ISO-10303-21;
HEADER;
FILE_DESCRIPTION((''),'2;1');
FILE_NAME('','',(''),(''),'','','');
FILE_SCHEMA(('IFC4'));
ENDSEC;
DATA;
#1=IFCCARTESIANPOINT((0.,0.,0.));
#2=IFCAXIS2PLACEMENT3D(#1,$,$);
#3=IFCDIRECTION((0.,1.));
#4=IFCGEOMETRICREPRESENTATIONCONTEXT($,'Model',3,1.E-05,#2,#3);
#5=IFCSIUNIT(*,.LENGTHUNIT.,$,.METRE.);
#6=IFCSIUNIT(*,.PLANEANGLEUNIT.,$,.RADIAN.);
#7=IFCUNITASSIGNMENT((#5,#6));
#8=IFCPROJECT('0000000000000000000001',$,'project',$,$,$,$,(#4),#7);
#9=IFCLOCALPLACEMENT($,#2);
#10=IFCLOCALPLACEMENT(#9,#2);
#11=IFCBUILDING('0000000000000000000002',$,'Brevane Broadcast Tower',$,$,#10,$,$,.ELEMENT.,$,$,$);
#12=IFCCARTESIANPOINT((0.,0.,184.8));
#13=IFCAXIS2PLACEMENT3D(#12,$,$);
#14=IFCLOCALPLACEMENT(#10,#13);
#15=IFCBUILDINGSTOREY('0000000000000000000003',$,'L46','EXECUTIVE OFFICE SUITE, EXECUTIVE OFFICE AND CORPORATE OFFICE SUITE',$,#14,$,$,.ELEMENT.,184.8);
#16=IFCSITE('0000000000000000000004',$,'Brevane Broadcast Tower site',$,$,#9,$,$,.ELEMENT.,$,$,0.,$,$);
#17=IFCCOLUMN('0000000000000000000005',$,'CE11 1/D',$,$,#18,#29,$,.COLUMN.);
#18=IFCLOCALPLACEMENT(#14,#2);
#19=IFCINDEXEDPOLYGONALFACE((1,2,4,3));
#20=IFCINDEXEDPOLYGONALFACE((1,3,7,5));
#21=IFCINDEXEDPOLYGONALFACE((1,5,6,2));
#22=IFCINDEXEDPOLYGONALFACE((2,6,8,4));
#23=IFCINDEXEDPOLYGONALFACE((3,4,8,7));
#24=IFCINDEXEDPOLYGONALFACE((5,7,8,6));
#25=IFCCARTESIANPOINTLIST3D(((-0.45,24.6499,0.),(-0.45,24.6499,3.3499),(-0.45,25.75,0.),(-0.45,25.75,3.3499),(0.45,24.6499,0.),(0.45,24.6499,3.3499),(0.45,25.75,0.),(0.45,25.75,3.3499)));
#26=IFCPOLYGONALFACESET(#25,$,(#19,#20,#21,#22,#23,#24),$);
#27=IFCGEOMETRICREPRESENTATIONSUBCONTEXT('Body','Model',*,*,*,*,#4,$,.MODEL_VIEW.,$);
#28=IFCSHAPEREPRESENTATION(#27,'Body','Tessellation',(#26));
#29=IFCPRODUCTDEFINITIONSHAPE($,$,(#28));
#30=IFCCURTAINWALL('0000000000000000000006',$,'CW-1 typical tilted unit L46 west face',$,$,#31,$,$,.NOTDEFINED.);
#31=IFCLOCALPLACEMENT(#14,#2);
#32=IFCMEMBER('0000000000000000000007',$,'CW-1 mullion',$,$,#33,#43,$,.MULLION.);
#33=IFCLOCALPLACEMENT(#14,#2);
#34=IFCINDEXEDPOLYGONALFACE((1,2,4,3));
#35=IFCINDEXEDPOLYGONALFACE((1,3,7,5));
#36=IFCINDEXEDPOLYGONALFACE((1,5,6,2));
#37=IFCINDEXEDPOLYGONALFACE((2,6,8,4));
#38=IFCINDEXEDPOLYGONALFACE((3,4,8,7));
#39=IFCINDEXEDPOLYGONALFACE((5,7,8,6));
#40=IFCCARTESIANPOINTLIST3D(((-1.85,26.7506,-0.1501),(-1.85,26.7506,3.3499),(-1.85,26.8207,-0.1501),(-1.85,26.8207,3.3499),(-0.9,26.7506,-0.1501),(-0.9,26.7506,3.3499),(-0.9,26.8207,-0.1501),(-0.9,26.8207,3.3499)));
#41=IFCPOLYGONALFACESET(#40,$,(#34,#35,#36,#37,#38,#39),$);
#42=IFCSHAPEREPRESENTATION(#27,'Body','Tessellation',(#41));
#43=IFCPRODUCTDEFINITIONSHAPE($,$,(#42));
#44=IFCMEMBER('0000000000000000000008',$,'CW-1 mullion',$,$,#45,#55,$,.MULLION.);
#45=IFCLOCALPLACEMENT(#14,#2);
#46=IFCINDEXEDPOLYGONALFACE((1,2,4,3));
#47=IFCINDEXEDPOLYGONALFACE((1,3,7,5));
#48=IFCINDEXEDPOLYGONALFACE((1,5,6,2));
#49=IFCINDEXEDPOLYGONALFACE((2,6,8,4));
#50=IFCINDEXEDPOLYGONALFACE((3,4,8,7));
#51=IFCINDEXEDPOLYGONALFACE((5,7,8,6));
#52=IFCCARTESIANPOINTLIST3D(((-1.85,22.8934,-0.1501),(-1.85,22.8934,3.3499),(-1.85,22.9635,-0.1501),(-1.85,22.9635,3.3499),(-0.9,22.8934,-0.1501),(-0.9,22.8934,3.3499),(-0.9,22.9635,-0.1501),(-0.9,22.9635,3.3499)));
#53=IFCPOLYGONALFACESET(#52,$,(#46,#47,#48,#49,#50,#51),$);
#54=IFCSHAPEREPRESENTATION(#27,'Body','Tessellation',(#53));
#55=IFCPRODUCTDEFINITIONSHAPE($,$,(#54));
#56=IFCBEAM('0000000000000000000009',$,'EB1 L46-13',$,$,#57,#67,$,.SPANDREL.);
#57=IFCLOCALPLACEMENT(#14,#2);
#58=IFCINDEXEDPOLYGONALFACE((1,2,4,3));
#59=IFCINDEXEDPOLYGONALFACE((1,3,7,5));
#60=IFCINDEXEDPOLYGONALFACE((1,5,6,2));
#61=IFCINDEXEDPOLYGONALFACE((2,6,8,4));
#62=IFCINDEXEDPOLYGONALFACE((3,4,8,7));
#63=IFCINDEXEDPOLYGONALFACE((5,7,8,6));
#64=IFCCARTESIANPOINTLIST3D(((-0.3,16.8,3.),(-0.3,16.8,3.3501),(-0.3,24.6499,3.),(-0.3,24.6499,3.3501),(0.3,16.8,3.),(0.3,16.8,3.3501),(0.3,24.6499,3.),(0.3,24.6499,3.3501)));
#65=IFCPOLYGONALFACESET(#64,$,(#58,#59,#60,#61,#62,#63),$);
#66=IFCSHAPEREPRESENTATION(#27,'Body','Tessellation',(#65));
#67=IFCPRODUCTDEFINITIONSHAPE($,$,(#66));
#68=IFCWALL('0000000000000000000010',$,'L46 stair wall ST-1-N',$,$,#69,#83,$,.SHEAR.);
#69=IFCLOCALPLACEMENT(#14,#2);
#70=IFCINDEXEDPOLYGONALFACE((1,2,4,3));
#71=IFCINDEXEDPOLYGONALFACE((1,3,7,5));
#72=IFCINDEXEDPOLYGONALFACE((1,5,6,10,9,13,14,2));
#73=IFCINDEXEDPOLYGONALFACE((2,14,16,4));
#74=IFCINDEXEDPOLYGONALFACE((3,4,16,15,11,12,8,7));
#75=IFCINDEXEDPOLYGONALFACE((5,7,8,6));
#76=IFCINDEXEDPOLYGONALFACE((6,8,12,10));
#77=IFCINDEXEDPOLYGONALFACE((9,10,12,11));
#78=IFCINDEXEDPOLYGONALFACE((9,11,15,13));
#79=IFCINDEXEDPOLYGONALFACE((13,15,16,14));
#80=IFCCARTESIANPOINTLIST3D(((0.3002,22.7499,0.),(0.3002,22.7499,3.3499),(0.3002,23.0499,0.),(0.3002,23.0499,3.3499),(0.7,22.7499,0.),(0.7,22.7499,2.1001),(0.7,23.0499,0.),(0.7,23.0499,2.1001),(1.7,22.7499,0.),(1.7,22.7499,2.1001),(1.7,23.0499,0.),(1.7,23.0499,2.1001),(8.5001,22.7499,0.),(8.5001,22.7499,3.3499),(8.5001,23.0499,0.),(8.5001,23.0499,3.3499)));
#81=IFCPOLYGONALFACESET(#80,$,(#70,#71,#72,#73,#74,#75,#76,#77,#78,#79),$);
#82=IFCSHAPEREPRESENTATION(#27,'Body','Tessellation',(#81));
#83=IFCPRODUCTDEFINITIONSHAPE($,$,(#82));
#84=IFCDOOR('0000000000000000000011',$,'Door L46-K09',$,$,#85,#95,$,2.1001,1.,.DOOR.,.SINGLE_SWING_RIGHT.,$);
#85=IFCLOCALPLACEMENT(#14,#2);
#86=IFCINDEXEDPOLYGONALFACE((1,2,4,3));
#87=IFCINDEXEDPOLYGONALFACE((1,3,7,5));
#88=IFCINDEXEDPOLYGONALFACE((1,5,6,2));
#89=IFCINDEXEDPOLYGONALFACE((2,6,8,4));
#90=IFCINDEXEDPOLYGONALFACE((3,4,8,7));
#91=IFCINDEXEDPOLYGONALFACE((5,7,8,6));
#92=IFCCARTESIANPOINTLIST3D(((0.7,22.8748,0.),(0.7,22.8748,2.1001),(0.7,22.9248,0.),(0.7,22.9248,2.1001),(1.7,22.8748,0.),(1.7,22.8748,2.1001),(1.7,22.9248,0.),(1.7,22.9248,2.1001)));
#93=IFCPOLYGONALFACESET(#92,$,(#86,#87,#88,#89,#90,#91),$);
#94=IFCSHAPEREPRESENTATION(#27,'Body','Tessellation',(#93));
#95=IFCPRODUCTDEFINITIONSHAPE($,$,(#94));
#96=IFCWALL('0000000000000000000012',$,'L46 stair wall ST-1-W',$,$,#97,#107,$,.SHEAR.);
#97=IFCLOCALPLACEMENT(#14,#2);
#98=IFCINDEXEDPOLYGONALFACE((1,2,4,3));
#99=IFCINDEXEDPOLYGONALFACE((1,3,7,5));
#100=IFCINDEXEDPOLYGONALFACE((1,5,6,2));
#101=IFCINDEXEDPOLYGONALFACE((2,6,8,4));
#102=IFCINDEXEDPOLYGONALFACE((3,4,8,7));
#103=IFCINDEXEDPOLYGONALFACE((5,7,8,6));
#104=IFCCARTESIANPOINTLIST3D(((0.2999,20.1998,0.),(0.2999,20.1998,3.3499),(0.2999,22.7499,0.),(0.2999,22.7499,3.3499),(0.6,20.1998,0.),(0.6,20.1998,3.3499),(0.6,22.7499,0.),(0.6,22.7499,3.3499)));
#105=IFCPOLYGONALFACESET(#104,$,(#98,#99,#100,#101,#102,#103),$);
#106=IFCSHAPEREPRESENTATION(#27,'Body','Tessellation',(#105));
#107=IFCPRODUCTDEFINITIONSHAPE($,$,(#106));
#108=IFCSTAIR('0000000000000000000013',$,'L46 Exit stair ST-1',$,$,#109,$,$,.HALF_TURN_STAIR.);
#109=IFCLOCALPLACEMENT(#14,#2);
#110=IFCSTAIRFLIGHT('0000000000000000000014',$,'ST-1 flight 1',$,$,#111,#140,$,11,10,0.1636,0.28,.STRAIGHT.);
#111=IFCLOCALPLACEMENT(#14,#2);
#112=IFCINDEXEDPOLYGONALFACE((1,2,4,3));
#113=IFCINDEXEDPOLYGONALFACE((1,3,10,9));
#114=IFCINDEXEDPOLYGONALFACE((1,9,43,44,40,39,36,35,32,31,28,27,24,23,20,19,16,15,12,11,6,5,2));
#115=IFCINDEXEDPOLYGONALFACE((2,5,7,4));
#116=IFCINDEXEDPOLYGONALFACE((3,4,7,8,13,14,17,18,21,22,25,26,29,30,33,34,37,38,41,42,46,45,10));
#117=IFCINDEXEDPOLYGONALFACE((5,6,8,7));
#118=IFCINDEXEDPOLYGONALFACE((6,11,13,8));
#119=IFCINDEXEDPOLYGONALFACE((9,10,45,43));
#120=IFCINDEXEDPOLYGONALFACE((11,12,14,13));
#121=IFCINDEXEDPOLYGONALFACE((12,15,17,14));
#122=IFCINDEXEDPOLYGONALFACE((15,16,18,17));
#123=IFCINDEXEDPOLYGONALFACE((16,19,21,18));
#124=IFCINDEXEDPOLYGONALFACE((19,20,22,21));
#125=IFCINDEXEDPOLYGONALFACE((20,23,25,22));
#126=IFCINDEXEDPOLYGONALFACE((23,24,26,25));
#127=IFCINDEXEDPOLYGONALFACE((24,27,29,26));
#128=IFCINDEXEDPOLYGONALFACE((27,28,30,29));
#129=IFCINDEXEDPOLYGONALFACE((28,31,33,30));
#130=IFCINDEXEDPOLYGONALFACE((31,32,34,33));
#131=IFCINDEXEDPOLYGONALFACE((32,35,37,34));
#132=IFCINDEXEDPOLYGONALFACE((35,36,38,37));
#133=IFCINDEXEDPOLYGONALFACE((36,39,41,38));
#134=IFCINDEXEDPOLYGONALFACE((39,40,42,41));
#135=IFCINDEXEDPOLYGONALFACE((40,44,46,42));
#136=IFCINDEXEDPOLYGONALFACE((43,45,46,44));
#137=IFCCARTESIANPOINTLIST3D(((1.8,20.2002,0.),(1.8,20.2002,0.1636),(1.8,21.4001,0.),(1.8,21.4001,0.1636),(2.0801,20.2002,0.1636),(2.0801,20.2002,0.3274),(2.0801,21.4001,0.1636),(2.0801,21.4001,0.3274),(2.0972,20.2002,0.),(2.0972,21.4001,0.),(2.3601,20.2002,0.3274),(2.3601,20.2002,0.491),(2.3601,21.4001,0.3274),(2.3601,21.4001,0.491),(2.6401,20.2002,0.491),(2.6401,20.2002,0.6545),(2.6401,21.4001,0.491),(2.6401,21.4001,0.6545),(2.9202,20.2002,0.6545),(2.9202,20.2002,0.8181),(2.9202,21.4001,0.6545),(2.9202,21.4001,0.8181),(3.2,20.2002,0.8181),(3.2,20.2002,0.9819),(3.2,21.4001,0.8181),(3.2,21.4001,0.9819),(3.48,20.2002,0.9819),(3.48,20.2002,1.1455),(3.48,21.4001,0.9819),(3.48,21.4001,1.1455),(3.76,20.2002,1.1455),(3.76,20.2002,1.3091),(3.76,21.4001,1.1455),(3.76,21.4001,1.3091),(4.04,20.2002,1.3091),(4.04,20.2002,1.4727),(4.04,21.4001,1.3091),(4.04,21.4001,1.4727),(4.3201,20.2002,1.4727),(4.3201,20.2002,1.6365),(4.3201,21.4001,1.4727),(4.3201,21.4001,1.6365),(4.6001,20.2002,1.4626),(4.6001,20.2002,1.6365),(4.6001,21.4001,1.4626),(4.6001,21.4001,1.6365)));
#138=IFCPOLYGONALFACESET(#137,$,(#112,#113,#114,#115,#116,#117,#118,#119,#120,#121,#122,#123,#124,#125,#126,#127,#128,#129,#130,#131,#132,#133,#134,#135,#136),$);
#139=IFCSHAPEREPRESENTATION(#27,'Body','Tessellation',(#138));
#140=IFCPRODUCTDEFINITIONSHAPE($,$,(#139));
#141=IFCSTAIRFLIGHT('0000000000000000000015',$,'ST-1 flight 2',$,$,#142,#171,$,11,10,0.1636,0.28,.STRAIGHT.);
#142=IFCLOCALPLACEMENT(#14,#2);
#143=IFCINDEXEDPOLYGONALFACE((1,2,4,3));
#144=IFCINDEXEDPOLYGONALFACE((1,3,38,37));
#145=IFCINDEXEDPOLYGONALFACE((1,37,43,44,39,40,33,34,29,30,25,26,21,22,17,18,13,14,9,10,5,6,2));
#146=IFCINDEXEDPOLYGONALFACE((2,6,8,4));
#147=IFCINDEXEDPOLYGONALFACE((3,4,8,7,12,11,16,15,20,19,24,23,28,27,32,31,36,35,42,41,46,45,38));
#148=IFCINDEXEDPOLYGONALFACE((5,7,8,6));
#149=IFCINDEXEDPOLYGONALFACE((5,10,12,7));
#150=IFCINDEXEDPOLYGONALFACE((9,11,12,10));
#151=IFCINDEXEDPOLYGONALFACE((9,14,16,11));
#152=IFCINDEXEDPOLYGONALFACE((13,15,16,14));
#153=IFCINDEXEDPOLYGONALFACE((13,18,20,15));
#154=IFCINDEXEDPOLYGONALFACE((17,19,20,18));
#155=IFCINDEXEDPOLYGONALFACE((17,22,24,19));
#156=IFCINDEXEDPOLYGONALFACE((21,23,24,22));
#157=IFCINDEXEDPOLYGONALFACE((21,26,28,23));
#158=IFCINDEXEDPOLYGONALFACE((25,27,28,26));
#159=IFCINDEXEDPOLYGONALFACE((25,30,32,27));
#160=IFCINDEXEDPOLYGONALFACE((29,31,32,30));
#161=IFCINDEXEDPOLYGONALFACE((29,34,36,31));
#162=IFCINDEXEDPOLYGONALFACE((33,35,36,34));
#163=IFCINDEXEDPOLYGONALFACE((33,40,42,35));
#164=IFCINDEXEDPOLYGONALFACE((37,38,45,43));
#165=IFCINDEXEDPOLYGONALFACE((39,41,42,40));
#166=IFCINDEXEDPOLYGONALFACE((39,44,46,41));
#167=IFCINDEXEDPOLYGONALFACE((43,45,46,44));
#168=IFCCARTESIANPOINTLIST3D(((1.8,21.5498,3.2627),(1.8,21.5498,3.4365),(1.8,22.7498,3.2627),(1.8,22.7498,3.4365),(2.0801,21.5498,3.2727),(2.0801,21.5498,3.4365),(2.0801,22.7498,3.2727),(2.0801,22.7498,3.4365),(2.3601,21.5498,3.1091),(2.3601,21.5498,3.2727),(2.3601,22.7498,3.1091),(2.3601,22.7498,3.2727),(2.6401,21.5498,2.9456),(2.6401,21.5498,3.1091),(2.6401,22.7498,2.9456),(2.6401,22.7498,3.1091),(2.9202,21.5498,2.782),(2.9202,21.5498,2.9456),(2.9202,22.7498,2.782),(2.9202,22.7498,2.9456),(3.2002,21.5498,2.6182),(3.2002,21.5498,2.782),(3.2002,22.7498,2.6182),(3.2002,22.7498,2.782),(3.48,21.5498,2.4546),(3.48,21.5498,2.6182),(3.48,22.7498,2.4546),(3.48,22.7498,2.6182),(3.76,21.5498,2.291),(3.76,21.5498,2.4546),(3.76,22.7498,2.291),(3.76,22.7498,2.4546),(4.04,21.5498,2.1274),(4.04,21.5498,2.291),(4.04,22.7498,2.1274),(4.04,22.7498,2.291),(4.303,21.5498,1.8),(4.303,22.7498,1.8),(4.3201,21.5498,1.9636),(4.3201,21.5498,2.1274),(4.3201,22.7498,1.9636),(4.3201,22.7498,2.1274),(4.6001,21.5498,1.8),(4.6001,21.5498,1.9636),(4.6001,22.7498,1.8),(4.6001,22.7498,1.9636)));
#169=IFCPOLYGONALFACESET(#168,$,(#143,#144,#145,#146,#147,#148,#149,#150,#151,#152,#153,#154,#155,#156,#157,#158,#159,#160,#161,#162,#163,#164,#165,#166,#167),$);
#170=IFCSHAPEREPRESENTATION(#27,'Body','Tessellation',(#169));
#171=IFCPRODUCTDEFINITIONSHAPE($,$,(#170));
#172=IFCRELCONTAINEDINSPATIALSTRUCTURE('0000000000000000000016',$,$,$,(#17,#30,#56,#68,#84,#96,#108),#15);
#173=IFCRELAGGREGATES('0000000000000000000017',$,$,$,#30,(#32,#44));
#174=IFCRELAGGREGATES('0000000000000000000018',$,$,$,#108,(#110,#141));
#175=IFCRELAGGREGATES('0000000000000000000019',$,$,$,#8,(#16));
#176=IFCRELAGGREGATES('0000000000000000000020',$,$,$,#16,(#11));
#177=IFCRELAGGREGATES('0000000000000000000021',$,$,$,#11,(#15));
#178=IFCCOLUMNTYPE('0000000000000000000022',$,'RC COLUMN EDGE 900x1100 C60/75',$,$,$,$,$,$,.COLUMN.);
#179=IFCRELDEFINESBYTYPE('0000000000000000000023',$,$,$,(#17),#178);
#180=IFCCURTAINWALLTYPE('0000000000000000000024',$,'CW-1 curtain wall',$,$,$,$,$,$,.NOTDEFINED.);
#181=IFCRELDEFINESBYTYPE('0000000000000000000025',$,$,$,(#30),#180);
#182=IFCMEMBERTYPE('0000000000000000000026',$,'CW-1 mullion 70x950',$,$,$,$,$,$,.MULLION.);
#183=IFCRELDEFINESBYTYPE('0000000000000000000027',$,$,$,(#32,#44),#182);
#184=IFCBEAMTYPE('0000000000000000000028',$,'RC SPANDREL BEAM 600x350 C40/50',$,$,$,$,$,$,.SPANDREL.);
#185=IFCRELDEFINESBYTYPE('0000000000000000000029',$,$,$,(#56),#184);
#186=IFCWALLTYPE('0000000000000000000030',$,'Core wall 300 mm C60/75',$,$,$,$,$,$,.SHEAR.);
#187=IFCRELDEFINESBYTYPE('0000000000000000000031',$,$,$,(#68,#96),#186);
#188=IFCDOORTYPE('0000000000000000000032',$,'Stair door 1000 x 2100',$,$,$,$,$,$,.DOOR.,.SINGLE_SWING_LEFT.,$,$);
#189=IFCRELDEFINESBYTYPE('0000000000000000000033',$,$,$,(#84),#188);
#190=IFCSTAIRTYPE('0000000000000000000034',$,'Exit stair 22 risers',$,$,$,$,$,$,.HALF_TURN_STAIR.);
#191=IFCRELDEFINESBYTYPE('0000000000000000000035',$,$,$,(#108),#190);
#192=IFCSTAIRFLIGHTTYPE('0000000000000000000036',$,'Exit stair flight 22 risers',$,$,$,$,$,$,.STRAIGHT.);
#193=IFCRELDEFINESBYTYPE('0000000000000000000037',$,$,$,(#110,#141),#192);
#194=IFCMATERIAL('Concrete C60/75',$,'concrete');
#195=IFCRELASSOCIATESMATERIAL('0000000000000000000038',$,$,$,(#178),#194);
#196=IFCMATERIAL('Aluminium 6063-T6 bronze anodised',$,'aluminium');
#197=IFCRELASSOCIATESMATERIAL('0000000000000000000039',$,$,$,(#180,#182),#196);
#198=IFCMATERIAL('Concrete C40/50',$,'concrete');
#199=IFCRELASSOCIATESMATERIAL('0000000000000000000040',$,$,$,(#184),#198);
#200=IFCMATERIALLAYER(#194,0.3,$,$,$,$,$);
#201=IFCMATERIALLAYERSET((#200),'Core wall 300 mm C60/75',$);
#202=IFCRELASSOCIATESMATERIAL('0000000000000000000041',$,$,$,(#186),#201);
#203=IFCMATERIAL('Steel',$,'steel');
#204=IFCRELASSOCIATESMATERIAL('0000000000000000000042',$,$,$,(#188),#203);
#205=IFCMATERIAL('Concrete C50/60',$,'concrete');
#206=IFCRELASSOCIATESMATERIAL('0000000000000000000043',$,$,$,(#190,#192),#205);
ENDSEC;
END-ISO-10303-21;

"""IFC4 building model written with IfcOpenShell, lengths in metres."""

from ifc_helpers import new_model, si_unit, direction, frame, frame_2d, origin, origin_2d, place, context, subcontext, project, spatial, polyline, rectangle, outline, extrude, material, layer, layer_set, material_profile, profile_set, type_object, element, fill, aggregate, save


model = new_model("IFC4")

# Units and contexts
model_context = context("Model", 3, precision=1e-05, world=origin(), true_north=direction((0.0, 1.0)))
body_context = subcontext(model_context, "Body", "Model", "MODEL_VIEW")
ifc_project = project(units=[si_unit("LENGTHUNIT", "METRE"), si_unit("PLANEANGLEUNIT", "RADIAN")], contexts=[model_context])

# Site, building, storey
site_placement = place(None, origin())
site = spatial("IfcSite", under=ifc_project, at=site_placement, Name="Brevane Broadcast Tower site", CompositionType="ELEMENT", RefElevation=0.0)
building_placement = place(site_placement, origin())
building = spatial("IfcBuilding", under=site, at=building_placement, Name="Brevane Broadcast Tower", CompositionType="ELEMENT")
storey_placement = place(building_placement, frame((0.0, 0.0, 184.8)))
storey = spatial("IfcBuildingStorey", under=building, at=storey_placement, Name="L46", Description="EXECUTIVE OFFICE SUITE, EXECUTIVE OFFICE AND CORPORATE OFFICE SUITE", CompositionType="ELEMENT", Elevation=184.8)

# Column
ifc_material_1 = material(Name="Concrete C60/75", Category="concrete")
ifc_material_profile_1 = material_profile(ifc_material_1, rectangle(XDim=0.8999, YDim=1.1001, at=origin_2d()), Name="RC 900x1100")
ifc_profile_set_1 = profile_set([ifc_material_profile_1], Name="Concrete C60/75")
column_type = type_object("IfcColumnType", Name="RC COLUMN EDGE 900x1100 C60/75", PredefinedType="COLUMN", material=ifc_profile_set_1)
column_placement = place(storey_placement, frame((0.0, 25.2, 0.0), z_axis=(0.0, 0.0, 1.0), x_axis=(1.0, 0.0, 0.0)))
element("IfcColumn", 1, at=column_placement, inside=storey, type_object=column_type, Name="CE11 1/D", PredefinedType="COLUMN", context=body_context, shape_type="SweptSolid", body=[
    extrude(rectangle(XDim=0.8999, YDim=1.1001, at=origin_2d()), origin(), (0.0, 0.0, 1.0), 3.3499),
])

# Curtain wall, members
ifc_material_2 = material(Name="Aluminium 6063-T6 bronze anodised", Category="aluminium")
curtain_wall_type = type_object("IfcCurtainWallType", Name="CW-1 curtain wall", PredefinedType="NOTDEFINED", material=ifc_material_2)
curtain_wall_placement = place(storey_placement, origin())
curtain_wall = element("IfcCurtainWall", 2, at=curtain_wall_placement, inside=storey, type_object=curtain_wall_type, Name="CW-1 typical tilted unit L46 west face", PredefinedType="NOTDEFINED")
ifc_material_profile_2 = material_profile(ifc_material_2, rectangle(XDim=0.95, YDim=0.0701, at=origin_2d()), Name="RECT 70x950")
ifc_profile_set_2 = profile_set([ifc_material_profile_2], Name="Aluminium 6063-T6 bronze anodised")
member_type = type_object("IfcMemberType", Name="CW-1 mullion 70x950", PredefinedType="MULLION", material=ifc_profile_set_2)
member_1_placement = place(storey_placement, frame((-1.375, 26.7856, -0.1501), z_axis=(0.0, 0.0, 1.0), x_axis=(1.0, 0.0, 0.0)))
member_1 = element("IfcMember", 3, at=member_1_placement, type_object=member_type, Name="CW-1 mullion", PredefinedType="MULLION", context=body_context, shape_type="SweptSolid", body=[
    extrude(rectangle(XDim=0.95, YDim=0.0701, at=origin_2d()), origin(), (0.0, 0.0, 1.0), 3.5),
])
member_2_placement = place(storey_placement, frame((-1.375, 22.9285, -0.1501), z_axis=(0.0, 0.0, 1.0), x_axis=(1.0, 0.0, 0.0)))
member_2 = element("IfcMember", 4, at=member_2_placement, type_object=member_type, Name="CW-1 mullion", PredefinedType="MULLION", context=body_context, shape_type="SweptSolid", body=[
    extrude(rectangle(XDim=0.95, YDim=0.0701, at=origin_2d()), origin(), (0.0, 0.0, 1.0), 3.5),
])
aggregate(curtain_wall, [member_1, member_2])

# Beam
ifc_material_3 = material(Name="Concrete C40/50", Category="concrete")
ifc_material_profile_3 = material_profile(ifc_material_3, rectangle(XDim=0.6001, YDim=0.3501, at=origin_2d()), Name="RC 600x350")
ifc_profile_set_3 = profile_set([ifc_material_profile_3], Name="Concrete C40/50")
beam_type = type_object("IfcBeamType", Name="RC SPANDREL BEAM 600x350 C40/50", PredefinedType="SPANDREL", material=ifc_profile_set_3)
beam_placement = place(storey_placement, frame((0.0, 24.6499, 3.175), z_axis=(0.0, -1.0, 0.0), x_axis=(1.0, 0.0, 0.0)))
element("IfcBeam", 5, at=beam_placement, inside=storey, type_object=beam_type, Name="EB1 L46-13", PredefinedType="SPANDREL", context=body_context, shape_type="SweptSolid", body=[
    extrude(rectangle(XDim=0.6001, YDim=0.3501, at=origin_2d()), origin(), (0.0, 0.0, 1.0), 7.8499),
])

# Wall, opening, door
ifc_layer = layer(ifc_material_1, 0.3)
ifc_layer_set = layer_set([ifc_layer], Name="Core wall 300 mm C60/75")
wall_type = type_object("IfcWallType", Name="Core wall 300 mm C60/75", PredefinedType="SHEAR", material=ifc_layer_set)
wall_1_placement = place(storey_placement, frame((0.3, 22.8999, 0.0), z_axis=(0.0, 0.0, 1.0), x_axis=(1.0, 0.0, 0.0)))
wall_1 = element("IfcWall", 6, at=wall_1_placement, inside=storey, type_object=wall_type, Name="L46 stair wall ST-1-N", PredefinedType="SHEAR", context=body_context, shape_type="SweptSolid", body=[
    extrude(rectangle(XDim=8.2, YDim=0.3, at=frame_2d((4.1001, 0.0))), origin(), (0.0, 0.0, 1.0), 3.3499),
])
opening_placement = place(wall_1_placement, frame((0.3999, 0.0, 0.0)))
opening = element("IfcOpeningElement", 7, at=opening_placement, cuts=wall_1, PredefinedType="OPENING", context=body_context, shape_type="SweptSolid", body=[
    extrude(rectangle(XDim=1.0, YDim=2.1001, at=frame_2d((0.5, 1.05))), frame((0.0, 0.1599, 0.0), z_axis=(0.0, -1.0, 0.0), x_axis=(1.0, 0.0, 0.0)), (0.0, 0.0, 1.0), 0.3201),
])
ifc_material_4 = material(Name="Steel", Category="steel")
door_type = type_object("IfcDoorType", Name="Stair door 1000 x 2100", OperationType="SINGLE_SWING_LEFT", PredefinedType="DOOR", material=ifc_material_4)
door_placement = place(opening_placement, origin())
door = element("IfcDoor", 8, at=door_placement, inside=storey, type_object=door_type, Name="Door L46-K09", OperationType="SINGLE_SWING_RIGHT", OverallHeight=2.1001, OverallWidth=1.0, PredefinedType="DOOR", context=body_context, shape_type="SweptSolid", body=[
    extrude(rectangle(XDim=1.0, YDim=2.1001, at=frame_2d((0.5, 1.05))), frame((0.0, 0.0249, 0.0), z_axis=(0.0, -1.0, 0.0), x_axis=(1.0, 0.0, 0.0)), (0.0, 0.0, 1.0), 0.05),
])
fill(opening, door)

# Wall
wall_2_placement = place(storey_placement, frame((0.45, 20.2, 0.0), z_axis=(0.0, 0.0, 1.0), x_axis=(0.0, 1.0, 0.0)))
element("IfcWall", 9, at=wall_2_placement, inside=storey, type_object=wall_type, Name="L46 stair wall ST-1-W", PredefinedType="SHEAR", context=body_context, shape_type="SweptSolid", body=[
    extrude(rectangle(XDim=2.55, YDim=0.3, at=frame_2d((1.2749, 0.0))), origin(), (0.0, 0.0, 1.0), 3.3499),
])

# Stair, stair flights
ifc_material_5 = material(Name="Concrete C50/60", Category="concrete")
stair_type = type_object("IfcStairType", Name="Exit stair 22 risers", PredefinedType="HALF_TURN_STAIR", material=ifc_material_5)
stair_placement = place(storey_placement, origin())
stair = element("IfcStair", 10, at=stair_placement, inside=storey, type_object=stair_type, Name="L46 Exit stair ST-1", PredefinedType="HALF_TURN_STAIR")
stair_flight_type = type_object("IfcStairFlightType", Name="Exit stair flight 22 risers", PredefinedType="STRAIGHT", material=ifc_material_5)
stair_flight_1_placement = place(storey_placement, frame((1.8, 20.8, 0.0), z_axis=(0.0, 0.0, 1.0), x_axis=(1.0, 0.0, 0.0)))
stair_flight_1 = element("IfcStairFlight", 11, at=stair_flight_1_placement, type_object=stair_flight_type, Name="ST-1 flight 1", NumberOfRisers=11, NumberOfTreads=10, PredefinedType="STRAIGHT", RiserHeight=0.1636, TreadLength=0.28, context=body_context, shape_type="SweptSolid", body=[
    extrude(outline(polyline([(0.0, 0.0), (0.0, 0.1636), (0.28, 0.1636), (0.28, 0.3274), (0.5601, 0.3274), (0.5601, 0.491), (0.8401, 0.491), (0.8401, 0.6545), (1.1201, 0.6545), (1.1201, 0.8181), (1.3999, 0.8181), (1.3999, 0.9819), (1.6799, 0.9819), (1.6799, 1.1455), (1.96, 1.1455), (1.96, 1.3091), (2.24, 1.3091), (2.24, 1.4727), (2.52, 1.4727), (2.52, 1.6365), (2.8, 1.6365), (2.8, 1.8), (2.8, 1.4626), (0.2971, 0.0), (0.0, 0.0)])), frame((0.0, 0.6001, 0.0), z_axis=(0.0, -1.0, 0.0), x_axis=(1.0, 0.0, 0.0)), (0.0, 0.0, 1.0), 1.2),
])
stair_flight_2_placement = place(storey_placement, frame((4.6001, 22.1499, 1.8), z_axis=(0.0, 0.0, 1.0), x_axis=(-1.0, 0.0, 0.0)))
stair_flight_2 = element("IfcStairFlight", 12, at=stair_flight_2_placement, type_object=stair_flight_type, Name="ST-1 flight 2", NumberOfRisers=11, NumberOfTreads=10, PredefinedType="STRAIGHT", RiserHeight=0.1636, TreadLength=0.28, context=body_context, shape_type="SweptSolid", body=[
    extrude(outline(polyline([(0.0, 0.0), (0.0, 0.1636), (0.28, 0.1636), (0.28, 0.3274), (0.5601, 0.3274), (0.5601, 0.491), (0.8401, 0.491), (0.8401, 0.6545), (1.1201, 0.6545), (1.1201, 0.8181), (1.3999, 0.8181), (1.3999, 0.9819), (1.6799, 0.9819), (1.6799, 1.1455), (1.96, 1.1455), (1.96, 1.3091), (2.24, 1.3091), (2.24, 1.4727), (2.52, 1.4727), (2.52, 1.6365), (2.8, 1.6365), (2.8, 1.8), (2.8, 1.4626), (0.2971, 0.0), (0.0, 0.0)])), frame((0.0, 0.6001, 0.0), z_axis=(0.0, -1.0, 0.0), x_axis=(1.0, 0.0, 0.0)), (0.0, 0.0, 1.0), 1.2),
])
aggregate(stair, [stair_flight_1, stair_flight_2])

save(model, "model.ifc")
